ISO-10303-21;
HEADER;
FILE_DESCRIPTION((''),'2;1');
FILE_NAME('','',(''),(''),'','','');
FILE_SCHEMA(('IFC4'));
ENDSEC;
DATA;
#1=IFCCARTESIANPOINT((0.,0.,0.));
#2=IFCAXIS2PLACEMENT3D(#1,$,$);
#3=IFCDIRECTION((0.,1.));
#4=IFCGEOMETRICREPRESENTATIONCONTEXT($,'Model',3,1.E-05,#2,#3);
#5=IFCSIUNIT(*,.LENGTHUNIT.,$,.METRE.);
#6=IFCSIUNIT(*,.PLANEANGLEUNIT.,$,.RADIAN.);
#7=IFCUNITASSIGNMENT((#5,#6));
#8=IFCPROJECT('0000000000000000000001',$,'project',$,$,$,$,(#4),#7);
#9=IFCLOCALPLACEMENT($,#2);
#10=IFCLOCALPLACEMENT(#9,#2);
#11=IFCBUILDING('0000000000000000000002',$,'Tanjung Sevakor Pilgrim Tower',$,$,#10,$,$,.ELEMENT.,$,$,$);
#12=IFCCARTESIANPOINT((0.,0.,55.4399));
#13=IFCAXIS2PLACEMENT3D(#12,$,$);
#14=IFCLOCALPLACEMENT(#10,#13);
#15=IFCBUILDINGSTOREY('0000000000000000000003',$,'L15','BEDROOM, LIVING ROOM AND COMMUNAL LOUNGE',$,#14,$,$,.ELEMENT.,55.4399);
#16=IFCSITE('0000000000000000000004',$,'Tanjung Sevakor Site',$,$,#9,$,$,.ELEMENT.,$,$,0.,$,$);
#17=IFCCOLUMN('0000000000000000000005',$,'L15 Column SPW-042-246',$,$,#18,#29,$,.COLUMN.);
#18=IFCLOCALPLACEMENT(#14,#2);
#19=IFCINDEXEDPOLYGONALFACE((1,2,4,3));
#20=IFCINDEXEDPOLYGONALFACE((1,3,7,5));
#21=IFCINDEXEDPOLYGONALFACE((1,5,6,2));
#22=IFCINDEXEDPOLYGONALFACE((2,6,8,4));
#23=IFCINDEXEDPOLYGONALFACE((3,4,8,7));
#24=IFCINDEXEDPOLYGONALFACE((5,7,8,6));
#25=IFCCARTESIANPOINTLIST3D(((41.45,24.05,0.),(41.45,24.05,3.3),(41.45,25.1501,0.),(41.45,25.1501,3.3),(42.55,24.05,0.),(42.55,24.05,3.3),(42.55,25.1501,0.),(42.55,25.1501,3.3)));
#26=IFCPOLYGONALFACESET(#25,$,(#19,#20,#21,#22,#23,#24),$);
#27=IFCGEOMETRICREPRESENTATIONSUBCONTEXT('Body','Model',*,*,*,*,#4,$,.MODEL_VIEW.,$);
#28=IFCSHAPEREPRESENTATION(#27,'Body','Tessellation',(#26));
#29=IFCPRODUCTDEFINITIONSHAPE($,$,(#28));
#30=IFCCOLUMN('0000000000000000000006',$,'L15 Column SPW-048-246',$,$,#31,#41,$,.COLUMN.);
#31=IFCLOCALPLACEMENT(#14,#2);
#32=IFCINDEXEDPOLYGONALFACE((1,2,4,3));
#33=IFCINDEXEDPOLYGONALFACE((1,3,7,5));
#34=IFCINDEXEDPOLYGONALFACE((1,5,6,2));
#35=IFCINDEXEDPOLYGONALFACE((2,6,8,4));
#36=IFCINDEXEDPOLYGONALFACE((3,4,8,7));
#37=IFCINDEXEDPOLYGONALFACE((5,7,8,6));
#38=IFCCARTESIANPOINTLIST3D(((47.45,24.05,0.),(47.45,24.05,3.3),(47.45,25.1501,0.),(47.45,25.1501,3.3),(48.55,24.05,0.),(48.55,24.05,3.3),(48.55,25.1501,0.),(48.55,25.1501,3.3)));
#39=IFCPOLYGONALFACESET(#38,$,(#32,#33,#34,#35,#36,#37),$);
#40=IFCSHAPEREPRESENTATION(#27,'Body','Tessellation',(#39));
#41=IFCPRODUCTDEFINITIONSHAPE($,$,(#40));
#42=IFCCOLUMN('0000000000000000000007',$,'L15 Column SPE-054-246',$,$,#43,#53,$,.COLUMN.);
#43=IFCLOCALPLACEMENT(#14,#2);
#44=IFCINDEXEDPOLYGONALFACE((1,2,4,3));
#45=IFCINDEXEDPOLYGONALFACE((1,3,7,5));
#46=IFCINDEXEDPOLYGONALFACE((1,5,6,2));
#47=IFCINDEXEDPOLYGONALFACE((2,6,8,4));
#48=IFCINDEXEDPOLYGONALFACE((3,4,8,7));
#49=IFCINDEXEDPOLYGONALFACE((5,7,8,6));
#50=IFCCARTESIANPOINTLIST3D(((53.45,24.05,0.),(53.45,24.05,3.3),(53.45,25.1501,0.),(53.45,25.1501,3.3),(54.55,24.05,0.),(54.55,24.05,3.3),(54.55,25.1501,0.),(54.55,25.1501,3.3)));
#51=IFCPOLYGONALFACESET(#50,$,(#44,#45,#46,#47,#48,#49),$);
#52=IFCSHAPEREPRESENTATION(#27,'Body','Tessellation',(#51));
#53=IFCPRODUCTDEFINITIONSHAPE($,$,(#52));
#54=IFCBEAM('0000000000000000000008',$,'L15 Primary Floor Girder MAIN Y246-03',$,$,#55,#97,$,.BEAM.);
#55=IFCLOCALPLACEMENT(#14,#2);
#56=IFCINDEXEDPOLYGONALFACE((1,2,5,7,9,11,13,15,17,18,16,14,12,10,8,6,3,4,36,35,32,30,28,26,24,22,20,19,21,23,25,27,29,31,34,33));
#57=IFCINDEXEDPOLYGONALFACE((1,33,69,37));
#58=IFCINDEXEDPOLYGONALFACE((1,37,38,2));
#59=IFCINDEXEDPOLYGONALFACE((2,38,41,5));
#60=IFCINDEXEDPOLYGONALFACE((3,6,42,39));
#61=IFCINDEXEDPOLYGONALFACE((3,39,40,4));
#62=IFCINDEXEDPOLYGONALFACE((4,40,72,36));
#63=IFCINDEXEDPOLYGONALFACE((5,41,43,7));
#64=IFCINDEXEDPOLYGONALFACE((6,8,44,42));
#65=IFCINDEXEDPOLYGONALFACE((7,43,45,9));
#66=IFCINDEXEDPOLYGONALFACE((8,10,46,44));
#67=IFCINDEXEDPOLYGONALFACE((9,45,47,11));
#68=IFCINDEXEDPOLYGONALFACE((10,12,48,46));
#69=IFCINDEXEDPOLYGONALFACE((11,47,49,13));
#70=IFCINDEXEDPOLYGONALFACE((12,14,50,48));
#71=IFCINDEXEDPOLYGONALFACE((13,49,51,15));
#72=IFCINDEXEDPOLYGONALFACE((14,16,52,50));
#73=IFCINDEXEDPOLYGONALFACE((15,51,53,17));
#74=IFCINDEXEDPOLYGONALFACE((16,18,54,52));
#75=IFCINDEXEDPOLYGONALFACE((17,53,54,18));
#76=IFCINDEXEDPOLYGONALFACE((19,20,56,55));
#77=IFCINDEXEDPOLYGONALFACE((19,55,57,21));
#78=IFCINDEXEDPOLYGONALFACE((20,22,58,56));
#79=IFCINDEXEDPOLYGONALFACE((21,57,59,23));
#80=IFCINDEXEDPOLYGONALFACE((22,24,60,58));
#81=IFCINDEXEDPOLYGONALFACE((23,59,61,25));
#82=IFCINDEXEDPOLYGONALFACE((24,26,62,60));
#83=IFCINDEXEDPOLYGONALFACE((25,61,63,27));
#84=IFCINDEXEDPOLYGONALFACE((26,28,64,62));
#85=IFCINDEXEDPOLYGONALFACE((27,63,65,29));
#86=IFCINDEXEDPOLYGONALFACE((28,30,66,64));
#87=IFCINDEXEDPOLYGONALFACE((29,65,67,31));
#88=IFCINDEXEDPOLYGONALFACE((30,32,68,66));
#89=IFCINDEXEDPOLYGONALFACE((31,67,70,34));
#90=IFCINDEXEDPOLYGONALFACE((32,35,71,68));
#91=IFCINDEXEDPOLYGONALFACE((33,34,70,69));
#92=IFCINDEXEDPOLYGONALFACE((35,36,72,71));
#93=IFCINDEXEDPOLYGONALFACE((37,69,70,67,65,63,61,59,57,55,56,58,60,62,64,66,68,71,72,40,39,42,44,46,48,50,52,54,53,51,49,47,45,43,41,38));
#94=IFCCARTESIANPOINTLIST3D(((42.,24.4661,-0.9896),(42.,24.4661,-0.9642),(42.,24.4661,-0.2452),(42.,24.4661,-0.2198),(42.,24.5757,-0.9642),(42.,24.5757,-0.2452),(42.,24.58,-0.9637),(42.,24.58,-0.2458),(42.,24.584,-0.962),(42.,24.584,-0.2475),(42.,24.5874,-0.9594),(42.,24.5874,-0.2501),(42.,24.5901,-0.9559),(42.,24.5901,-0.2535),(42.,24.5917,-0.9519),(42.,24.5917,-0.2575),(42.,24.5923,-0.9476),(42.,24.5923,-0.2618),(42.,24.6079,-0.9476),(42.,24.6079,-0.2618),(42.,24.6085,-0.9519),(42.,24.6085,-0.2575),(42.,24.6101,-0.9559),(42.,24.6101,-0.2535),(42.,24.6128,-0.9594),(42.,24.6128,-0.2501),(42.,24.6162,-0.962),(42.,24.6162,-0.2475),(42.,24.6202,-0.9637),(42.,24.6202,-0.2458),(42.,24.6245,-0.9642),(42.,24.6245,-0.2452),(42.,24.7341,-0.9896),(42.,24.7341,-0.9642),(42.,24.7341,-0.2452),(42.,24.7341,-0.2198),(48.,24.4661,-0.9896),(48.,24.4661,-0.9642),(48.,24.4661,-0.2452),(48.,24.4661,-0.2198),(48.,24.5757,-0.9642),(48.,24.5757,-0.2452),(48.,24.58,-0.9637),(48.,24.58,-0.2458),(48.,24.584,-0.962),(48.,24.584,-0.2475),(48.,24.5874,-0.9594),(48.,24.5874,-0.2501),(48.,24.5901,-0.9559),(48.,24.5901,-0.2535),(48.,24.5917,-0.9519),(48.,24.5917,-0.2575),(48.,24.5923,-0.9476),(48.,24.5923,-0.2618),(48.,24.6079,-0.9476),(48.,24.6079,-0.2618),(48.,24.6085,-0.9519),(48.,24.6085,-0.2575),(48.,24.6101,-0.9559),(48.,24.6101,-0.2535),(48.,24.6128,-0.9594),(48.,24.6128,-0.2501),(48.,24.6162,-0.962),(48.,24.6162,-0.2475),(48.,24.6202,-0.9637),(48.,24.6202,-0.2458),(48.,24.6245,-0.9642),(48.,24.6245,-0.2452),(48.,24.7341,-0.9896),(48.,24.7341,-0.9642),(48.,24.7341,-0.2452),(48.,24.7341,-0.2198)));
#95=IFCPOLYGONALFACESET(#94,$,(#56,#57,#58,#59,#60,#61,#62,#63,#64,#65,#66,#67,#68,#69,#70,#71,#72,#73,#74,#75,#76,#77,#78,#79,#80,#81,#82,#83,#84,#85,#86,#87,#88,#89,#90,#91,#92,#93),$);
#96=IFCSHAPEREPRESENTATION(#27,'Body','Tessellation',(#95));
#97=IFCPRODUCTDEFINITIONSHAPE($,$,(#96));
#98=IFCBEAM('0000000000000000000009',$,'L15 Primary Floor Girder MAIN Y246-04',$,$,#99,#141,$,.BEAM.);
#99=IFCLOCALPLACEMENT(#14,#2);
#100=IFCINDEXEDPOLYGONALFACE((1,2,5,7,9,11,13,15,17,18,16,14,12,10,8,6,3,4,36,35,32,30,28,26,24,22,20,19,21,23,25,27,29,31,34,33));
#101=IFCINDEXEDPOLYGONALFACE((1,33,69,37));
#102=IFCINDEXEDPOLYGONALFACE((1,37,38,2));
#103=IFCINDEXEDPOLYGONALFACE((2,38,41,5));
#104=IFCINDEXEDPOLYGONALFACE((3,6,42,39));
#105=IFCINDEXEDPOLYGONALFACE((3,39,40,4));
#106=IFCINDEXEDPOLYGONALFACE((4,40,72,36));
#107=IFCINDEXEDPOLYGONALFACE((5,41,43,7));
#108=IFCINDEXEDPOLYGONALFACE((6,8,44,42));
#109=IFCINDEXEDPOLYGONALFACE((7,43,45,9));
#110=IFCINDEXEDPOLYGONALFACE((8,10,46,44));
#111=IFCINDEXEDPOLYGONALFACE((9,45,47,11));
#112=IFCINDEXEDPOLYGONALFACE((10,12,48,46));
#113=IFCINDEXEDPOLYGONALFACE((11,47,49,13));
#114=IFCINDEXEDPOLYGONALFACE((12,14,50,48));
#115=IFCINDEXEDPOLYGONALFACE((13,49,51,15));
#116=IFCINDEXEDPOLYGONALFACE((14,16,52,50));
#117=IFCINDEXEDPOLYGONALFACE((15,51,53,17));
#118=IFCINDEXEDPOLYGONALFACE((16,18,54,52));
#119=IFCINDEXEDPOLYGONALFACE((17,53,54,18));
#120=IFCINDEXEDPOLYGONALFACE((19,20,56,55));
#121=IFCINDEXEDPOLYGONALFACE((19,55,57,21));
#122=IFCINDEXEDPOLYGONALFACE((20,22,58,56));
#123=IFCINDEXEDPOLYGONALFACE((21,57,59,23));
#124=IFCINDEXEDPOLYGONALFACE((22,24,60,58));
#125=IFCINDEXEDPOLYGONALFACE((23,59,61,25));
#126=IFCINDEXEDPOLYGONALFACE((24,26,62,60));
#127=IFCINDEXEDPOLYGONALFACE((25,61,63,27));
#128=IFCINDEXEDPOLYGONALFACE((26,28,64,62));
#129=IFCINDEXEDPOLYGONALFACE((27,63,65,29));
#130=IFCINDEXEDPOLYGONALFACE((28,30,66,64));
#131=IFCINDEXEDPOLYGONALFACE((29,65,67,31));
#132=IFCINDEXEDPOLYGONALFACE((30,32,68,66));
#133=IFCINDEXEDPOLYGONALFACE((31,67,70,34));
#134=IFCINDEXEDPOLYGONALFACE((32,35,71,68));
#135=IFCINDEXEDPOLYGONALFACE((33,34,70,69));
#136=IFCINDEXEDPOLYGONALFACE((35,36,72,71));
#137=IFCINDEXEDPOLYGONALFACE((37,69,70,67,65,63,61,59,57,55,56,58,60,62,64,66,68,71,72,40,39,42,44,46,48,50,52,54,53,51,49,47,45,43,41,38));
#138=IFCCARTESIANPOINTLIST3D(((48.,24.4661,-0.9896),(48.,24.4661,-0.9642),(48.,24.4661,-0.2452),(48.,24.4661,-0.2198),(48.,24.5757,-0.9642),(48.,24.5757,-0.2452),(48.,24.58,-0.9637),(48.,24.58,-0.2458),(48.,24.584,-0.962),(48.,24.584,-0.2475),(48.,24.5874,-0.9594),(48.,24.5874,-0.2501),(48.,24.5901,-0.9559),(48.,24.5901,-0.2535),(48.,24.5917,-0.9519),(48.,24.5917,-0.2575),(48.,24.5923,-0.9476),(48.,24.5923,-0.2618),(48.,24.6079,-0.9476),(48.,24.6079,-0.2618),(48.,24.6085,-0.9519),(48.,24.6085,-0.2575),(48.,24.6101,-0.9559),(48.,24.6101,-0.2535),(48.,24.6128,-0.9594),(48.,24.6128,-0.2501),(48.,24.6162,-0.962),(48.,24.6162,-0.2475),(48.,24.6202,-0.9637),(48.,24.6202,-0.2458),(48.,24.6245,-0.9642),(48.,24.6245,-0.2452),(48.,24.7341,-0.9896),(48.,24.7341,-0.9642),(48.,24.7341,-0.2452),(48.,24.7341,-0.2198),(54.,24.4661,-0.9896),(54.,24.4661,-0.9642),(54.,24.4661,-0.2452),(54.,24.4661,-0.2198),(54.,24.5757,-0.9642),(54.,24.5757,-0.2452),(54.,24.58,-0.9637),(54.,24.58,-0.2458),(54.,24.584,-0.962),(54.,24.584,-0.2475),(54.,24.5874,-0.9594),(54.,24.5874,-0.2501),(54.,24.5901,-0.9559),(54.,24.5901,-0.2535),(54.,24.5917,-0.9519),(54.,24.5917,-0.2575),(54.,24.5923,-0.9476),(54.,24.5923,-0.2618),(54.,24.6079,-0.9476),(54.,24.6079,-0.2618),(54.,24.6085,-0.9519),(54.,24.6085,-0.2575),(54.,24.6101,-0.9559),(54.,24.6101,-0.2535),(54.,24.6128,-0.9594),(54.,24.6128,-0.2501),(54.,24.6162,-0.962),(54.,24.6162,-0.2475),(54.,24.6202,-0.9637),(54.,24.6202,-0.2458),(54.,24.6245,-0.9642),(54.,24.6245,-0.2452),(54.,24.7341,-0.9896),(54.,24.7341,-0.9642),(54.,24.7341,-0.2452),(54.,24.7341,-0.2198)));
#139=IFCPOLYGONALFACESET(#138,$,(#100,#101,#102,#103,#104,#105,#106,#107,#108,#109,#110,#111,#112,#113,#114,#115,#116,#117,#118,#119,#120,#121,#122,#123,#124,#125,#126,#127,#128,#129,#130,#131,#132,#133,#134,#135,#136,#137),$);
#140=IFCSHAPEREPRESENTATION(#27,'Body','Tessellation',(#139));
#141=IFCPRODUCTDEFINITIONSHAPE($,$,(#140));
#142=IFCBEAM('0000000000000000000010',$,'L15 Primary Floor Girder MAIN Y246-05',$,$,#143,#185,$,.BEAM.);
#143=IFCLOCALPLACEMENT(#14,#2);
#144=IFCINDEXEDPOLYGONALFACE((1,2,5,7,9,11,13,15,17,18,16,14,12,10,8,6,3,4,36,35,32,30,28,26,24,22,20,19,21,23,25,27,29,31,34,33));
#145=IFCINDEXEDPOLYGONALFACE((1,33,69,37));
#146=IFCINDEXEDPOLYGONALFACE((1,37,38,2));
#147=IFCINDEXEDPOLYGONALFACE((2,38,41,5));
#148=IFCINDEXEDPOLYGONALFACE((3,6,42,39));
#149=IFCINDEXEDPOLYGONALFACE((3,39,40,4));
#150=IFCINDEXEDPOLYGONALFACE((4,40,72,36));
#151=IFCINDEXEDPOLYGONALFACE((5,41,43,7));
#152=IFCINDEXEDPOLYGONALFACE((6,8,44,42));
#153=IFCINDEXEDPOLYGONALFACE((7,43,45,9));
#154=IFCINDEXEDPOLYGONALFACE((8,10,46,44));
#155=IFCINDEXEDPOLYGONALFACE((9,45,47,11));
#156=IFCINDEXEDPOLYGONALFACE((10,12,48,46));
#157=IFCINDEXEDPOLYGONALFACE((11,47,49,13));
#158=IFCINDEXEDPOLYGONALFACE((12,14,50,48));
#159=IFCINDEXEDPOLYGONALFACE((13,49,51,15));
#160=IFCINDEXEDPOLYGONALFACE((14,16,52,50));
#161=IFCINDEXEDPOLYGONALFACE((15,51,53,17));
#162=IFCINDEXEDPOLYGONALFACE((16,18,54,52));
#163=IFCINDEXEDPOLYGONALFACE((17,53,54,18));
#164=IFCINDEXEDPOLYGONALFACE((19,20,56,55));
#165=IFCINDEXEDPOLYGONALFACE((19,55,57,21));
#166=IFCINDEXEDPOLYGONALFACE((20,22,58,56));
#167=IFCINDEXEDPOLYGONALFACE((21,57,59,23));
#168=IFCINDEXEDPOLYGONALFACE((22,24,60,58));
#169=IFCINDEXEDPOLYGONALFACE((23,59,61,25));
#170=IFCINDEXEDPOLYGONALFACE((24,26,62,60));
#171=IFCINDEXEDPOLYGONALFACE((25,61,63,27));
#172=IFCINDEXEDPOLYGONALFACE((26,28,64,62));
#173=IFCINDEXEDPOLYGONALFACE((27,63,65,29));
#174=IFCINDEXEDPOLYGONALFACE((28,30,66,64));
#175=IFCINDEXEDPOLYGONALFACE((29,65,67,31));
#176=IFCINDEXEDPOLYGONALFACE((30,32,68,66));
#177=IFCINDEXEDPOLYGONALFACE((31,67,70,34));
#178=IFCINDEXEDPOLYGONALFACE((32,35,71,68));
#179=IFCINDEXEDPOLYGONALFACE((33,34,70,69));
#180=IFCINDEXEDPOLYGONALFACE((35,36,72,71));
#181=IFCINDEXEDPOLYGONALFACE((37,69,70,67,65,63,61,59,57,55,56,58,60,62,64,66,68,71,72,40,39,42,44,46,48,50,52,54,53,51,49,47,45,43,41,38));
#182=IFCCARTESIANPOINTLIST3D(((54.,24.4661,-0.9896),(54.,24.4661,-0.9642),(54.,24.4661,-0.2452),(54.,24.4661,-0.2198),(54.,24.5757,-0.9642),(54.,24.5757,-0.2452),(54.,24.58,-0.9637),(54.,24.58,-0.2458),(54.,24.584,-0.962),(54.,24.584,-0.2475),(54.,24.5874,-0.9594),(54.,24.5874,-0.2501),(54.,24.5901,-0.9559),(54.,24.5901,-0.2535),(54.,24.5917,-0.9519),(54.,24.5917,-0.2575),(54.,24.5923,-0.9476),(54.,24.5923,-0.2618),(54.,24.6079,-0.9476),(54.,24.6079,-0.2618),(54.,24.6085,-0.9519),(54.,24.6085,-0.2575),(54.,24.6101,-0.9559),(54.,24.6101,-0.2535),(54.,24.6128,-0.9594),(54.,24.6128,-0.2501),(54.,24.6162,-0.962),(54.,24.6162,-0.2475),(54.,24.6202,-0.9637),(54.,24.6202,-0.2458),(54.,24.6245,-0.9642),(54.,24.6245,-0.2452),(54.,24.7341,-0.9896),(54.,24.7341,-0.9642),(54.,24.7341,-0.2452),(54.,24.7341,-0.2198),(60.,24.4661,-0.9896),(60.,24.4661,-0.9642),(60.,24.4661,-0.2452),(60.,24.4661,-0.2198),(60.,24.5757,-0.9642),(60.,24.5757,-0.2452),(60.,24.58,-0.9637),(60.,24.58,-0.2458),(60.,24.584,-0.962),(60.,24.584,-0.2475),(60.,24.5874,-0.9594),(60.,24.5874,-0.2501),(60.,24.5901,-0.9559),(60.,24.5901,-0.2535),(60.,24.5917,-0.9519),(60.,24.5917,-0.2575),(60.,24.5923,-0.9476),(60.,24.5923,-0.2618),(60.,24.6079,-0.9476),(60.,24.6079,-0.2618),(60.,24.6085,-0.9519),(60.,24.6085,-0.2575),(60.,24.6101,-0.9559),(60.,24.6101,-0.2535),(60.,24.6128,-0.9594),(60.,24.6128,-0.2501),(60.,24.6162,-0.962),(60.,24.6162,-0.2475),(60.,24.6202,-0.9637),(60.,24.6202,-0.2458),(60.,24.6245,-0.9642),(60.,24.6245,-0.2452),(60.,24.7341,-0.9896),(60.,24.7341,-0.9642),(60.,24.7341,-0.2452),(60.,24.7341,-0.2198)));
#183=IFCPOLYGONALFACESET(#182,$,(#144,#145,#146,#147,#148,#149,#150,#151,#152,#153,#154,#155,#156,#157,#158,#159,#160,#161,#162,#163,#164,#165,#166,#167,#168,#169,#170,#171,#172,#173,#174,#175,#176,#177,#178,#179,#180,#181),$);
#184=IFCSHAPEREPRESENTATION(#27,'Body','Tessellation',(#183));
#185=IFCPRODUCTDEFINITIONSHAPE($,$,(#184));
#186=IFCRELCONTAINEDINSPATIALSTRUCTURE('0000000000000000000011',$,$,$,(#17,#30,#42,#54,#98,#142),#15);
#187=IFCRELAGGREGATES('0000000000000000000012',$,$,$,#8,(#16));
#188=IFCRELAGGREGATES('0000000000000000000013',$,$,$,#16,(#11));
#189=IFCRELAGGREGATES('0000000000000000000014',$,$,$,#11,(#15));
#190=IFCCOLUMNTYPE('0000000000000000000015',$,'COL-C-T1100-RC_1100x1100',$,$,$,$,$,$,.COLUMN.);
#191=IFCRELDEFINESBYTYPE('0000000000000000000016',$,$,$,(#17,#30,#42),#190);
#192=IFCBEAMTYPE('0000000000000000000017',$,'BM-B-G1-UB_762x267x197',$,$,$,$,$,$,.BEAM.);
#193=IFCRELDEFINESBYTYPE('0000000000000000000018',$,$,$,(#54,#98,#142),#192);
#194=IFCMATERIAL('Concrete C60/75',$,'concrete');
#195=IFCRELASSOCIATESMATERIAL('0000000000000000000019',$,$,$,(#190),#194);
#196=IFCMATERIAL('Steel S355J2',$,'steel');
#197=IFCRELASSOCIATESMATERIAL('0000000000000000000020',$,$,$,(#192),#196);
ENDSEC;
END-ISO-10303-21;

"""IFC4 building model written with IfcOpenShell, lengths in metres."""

from ifc_helpers import new_model, si_unit, direction, frame, origin, origin_2d, place, context, subcontext, project, spatial, rectangle, i_section, extrude, material, material_profile, profile_set, type_object, element, save


model = new_model("IFC4")

# Units and contexts
model_context = context("Model", 3, precision=1e-05, world=origin(), true_north=direction((0.0, 1.0)))
body_context = subcontext(model_context, "Body", "Model", "MODEL_VIEW")
ifc_project = project(units=[si_unit("LENGTHUNIT", "METRE"), si_unit("PLANEANGLEUNIT", "RADIAN")], contexts=[model_context])

# Site, building, storey
site_placement = place(None, origin())
site = spatial("IfcSite", under=ifc_project, at=site_placement, Name="Tanjung Sevakor Site", CompositionType="ELEMENT", RefElevation=0.0)
building_placement = place(site_placement, origin())
building = spatial("IfcBuilding", under=site, at=building_placement, Name="Tanjung Sevakor Pilgrim Tower", CompositionType="ELEMENT")
storey_placement = place(building_placement, frame((0.0, 0.0, 55.4399)))
storey = spatial("IfcBuildingStorey", under=building, at=storey_placement, Name="L15", Description="BEDROOM, LIVING ROOM AND COMMUNAL LOUNGE", CompositionType="ELEMENT", Elevation=55.4399)

# Columns
ifc_material_1 = material(Name="Concrete C60/75", Category="concrete")
ifc_material_profile_1 = material_profile(ifc_material_1, rectangle(XDim=1.1001, YDim=1.1001, at=origin_2d()))
ifc_profile_set_1 = profile_set([ifc_material_profile_1], Name="Concrete C60/75")
column_type = type_object("IfcColumnType", Name="COL-C-T1100-RC_1100x1100", PredefinedType="COLUMN", material=ifc_profile_set_1)
for number, where, z_axis, x_axis, name in (
    (1, (42.0, 24.6001, 0.0), (0.0, 0.0, 1.0), (1.0, 0.0, 0.0), "L15 Column SPW-042-246"),
    (2, (48.0, 24.6001, 0.0), (0.0, 0.0, 1.0), (1.0, 0.0, 0.0), "L15 Column SPW-048-246"),
    (3, (54.0, 24.6001, 0.0), (0.0, 0.0, 1.0), (1.0, 0.0, 0.0), "L15 Column SPE-054-246"),
):
    element("IfcColumn", number, at=place(storey_placement, frame(where, z_axis=z_axis, x_axis=x_axis)), inside=storey, type_object=column_type, Name=name, PredefinedType="COLUMN", context=body_context, shape_type="SweptSolid", body=[
        extrude(rectangle(XDim=1.1001, YDim=1.1001, at=origin_2d()), origin(), (0.0, 0.0, 1.0), 3.3),
    ])

# Beams
ifc_material_2 = material(Name="Steel S355J2", Category="steel")
ifc_material_profile_2 = material_profile(ifc_material_2, i_section(OverallWidth=0.2681, OverallDepth=0.7698, WebThickness=0.0156, FlangeThickness=0.0254, FilletRadius=0.0166, at=origin_2d()))
ifc_profile_set_2 = profile_set([ifc_material_profile_2], Name="Steel S355J2")
beam_type_1 = type_object("IfcBeamType", Name="BM-B-G1-UB_762x267x197", PredefinedType="BEAM", material=ifc_profile_set_2)
for number, where, z_axis, x_axis, name in (
    (4, (42.0, 24.6001, -0.6047), (1.0, 0.0, 0.0), (0.0, 1.0, 0.0), "L15 Primary Floor Girder MAIN Y246-03"),
    (5, (48.0, 24.6001, -0.6047), (1.0, 0.0, 0.0), (0.0, 1.0, 0.0), "L15 Primary Floor Girder MAIN Y246-04"),
    (6, (54.0, 24.6001, -0.6047), (1.0, 0.0, 0.0), (0.0, 1.0, 0.0), "L15 Primary Floor Girder MAIN Y246-05"),
):
    element("IfcBeam", number, at=place(storey_placement, frame(where, z_axis=z_axis, x_axis=x_axis)), inside=storey, type_object=beam_type_1, Name=name, PredefinedType="BEAM", context=body_context, shape_type="SweptSolid", body=[
        extrude(i_section(OverallWidth=0.2681, OverallDepth=0.7698, WebThickness=0.0156, FlangeThickness=0.0254, FilletRadius=0.0166, at=origin_2d()), origin(), (0.0, 0.0, 1.0), 6.0),
    ])

save(model, "model.ifc")
